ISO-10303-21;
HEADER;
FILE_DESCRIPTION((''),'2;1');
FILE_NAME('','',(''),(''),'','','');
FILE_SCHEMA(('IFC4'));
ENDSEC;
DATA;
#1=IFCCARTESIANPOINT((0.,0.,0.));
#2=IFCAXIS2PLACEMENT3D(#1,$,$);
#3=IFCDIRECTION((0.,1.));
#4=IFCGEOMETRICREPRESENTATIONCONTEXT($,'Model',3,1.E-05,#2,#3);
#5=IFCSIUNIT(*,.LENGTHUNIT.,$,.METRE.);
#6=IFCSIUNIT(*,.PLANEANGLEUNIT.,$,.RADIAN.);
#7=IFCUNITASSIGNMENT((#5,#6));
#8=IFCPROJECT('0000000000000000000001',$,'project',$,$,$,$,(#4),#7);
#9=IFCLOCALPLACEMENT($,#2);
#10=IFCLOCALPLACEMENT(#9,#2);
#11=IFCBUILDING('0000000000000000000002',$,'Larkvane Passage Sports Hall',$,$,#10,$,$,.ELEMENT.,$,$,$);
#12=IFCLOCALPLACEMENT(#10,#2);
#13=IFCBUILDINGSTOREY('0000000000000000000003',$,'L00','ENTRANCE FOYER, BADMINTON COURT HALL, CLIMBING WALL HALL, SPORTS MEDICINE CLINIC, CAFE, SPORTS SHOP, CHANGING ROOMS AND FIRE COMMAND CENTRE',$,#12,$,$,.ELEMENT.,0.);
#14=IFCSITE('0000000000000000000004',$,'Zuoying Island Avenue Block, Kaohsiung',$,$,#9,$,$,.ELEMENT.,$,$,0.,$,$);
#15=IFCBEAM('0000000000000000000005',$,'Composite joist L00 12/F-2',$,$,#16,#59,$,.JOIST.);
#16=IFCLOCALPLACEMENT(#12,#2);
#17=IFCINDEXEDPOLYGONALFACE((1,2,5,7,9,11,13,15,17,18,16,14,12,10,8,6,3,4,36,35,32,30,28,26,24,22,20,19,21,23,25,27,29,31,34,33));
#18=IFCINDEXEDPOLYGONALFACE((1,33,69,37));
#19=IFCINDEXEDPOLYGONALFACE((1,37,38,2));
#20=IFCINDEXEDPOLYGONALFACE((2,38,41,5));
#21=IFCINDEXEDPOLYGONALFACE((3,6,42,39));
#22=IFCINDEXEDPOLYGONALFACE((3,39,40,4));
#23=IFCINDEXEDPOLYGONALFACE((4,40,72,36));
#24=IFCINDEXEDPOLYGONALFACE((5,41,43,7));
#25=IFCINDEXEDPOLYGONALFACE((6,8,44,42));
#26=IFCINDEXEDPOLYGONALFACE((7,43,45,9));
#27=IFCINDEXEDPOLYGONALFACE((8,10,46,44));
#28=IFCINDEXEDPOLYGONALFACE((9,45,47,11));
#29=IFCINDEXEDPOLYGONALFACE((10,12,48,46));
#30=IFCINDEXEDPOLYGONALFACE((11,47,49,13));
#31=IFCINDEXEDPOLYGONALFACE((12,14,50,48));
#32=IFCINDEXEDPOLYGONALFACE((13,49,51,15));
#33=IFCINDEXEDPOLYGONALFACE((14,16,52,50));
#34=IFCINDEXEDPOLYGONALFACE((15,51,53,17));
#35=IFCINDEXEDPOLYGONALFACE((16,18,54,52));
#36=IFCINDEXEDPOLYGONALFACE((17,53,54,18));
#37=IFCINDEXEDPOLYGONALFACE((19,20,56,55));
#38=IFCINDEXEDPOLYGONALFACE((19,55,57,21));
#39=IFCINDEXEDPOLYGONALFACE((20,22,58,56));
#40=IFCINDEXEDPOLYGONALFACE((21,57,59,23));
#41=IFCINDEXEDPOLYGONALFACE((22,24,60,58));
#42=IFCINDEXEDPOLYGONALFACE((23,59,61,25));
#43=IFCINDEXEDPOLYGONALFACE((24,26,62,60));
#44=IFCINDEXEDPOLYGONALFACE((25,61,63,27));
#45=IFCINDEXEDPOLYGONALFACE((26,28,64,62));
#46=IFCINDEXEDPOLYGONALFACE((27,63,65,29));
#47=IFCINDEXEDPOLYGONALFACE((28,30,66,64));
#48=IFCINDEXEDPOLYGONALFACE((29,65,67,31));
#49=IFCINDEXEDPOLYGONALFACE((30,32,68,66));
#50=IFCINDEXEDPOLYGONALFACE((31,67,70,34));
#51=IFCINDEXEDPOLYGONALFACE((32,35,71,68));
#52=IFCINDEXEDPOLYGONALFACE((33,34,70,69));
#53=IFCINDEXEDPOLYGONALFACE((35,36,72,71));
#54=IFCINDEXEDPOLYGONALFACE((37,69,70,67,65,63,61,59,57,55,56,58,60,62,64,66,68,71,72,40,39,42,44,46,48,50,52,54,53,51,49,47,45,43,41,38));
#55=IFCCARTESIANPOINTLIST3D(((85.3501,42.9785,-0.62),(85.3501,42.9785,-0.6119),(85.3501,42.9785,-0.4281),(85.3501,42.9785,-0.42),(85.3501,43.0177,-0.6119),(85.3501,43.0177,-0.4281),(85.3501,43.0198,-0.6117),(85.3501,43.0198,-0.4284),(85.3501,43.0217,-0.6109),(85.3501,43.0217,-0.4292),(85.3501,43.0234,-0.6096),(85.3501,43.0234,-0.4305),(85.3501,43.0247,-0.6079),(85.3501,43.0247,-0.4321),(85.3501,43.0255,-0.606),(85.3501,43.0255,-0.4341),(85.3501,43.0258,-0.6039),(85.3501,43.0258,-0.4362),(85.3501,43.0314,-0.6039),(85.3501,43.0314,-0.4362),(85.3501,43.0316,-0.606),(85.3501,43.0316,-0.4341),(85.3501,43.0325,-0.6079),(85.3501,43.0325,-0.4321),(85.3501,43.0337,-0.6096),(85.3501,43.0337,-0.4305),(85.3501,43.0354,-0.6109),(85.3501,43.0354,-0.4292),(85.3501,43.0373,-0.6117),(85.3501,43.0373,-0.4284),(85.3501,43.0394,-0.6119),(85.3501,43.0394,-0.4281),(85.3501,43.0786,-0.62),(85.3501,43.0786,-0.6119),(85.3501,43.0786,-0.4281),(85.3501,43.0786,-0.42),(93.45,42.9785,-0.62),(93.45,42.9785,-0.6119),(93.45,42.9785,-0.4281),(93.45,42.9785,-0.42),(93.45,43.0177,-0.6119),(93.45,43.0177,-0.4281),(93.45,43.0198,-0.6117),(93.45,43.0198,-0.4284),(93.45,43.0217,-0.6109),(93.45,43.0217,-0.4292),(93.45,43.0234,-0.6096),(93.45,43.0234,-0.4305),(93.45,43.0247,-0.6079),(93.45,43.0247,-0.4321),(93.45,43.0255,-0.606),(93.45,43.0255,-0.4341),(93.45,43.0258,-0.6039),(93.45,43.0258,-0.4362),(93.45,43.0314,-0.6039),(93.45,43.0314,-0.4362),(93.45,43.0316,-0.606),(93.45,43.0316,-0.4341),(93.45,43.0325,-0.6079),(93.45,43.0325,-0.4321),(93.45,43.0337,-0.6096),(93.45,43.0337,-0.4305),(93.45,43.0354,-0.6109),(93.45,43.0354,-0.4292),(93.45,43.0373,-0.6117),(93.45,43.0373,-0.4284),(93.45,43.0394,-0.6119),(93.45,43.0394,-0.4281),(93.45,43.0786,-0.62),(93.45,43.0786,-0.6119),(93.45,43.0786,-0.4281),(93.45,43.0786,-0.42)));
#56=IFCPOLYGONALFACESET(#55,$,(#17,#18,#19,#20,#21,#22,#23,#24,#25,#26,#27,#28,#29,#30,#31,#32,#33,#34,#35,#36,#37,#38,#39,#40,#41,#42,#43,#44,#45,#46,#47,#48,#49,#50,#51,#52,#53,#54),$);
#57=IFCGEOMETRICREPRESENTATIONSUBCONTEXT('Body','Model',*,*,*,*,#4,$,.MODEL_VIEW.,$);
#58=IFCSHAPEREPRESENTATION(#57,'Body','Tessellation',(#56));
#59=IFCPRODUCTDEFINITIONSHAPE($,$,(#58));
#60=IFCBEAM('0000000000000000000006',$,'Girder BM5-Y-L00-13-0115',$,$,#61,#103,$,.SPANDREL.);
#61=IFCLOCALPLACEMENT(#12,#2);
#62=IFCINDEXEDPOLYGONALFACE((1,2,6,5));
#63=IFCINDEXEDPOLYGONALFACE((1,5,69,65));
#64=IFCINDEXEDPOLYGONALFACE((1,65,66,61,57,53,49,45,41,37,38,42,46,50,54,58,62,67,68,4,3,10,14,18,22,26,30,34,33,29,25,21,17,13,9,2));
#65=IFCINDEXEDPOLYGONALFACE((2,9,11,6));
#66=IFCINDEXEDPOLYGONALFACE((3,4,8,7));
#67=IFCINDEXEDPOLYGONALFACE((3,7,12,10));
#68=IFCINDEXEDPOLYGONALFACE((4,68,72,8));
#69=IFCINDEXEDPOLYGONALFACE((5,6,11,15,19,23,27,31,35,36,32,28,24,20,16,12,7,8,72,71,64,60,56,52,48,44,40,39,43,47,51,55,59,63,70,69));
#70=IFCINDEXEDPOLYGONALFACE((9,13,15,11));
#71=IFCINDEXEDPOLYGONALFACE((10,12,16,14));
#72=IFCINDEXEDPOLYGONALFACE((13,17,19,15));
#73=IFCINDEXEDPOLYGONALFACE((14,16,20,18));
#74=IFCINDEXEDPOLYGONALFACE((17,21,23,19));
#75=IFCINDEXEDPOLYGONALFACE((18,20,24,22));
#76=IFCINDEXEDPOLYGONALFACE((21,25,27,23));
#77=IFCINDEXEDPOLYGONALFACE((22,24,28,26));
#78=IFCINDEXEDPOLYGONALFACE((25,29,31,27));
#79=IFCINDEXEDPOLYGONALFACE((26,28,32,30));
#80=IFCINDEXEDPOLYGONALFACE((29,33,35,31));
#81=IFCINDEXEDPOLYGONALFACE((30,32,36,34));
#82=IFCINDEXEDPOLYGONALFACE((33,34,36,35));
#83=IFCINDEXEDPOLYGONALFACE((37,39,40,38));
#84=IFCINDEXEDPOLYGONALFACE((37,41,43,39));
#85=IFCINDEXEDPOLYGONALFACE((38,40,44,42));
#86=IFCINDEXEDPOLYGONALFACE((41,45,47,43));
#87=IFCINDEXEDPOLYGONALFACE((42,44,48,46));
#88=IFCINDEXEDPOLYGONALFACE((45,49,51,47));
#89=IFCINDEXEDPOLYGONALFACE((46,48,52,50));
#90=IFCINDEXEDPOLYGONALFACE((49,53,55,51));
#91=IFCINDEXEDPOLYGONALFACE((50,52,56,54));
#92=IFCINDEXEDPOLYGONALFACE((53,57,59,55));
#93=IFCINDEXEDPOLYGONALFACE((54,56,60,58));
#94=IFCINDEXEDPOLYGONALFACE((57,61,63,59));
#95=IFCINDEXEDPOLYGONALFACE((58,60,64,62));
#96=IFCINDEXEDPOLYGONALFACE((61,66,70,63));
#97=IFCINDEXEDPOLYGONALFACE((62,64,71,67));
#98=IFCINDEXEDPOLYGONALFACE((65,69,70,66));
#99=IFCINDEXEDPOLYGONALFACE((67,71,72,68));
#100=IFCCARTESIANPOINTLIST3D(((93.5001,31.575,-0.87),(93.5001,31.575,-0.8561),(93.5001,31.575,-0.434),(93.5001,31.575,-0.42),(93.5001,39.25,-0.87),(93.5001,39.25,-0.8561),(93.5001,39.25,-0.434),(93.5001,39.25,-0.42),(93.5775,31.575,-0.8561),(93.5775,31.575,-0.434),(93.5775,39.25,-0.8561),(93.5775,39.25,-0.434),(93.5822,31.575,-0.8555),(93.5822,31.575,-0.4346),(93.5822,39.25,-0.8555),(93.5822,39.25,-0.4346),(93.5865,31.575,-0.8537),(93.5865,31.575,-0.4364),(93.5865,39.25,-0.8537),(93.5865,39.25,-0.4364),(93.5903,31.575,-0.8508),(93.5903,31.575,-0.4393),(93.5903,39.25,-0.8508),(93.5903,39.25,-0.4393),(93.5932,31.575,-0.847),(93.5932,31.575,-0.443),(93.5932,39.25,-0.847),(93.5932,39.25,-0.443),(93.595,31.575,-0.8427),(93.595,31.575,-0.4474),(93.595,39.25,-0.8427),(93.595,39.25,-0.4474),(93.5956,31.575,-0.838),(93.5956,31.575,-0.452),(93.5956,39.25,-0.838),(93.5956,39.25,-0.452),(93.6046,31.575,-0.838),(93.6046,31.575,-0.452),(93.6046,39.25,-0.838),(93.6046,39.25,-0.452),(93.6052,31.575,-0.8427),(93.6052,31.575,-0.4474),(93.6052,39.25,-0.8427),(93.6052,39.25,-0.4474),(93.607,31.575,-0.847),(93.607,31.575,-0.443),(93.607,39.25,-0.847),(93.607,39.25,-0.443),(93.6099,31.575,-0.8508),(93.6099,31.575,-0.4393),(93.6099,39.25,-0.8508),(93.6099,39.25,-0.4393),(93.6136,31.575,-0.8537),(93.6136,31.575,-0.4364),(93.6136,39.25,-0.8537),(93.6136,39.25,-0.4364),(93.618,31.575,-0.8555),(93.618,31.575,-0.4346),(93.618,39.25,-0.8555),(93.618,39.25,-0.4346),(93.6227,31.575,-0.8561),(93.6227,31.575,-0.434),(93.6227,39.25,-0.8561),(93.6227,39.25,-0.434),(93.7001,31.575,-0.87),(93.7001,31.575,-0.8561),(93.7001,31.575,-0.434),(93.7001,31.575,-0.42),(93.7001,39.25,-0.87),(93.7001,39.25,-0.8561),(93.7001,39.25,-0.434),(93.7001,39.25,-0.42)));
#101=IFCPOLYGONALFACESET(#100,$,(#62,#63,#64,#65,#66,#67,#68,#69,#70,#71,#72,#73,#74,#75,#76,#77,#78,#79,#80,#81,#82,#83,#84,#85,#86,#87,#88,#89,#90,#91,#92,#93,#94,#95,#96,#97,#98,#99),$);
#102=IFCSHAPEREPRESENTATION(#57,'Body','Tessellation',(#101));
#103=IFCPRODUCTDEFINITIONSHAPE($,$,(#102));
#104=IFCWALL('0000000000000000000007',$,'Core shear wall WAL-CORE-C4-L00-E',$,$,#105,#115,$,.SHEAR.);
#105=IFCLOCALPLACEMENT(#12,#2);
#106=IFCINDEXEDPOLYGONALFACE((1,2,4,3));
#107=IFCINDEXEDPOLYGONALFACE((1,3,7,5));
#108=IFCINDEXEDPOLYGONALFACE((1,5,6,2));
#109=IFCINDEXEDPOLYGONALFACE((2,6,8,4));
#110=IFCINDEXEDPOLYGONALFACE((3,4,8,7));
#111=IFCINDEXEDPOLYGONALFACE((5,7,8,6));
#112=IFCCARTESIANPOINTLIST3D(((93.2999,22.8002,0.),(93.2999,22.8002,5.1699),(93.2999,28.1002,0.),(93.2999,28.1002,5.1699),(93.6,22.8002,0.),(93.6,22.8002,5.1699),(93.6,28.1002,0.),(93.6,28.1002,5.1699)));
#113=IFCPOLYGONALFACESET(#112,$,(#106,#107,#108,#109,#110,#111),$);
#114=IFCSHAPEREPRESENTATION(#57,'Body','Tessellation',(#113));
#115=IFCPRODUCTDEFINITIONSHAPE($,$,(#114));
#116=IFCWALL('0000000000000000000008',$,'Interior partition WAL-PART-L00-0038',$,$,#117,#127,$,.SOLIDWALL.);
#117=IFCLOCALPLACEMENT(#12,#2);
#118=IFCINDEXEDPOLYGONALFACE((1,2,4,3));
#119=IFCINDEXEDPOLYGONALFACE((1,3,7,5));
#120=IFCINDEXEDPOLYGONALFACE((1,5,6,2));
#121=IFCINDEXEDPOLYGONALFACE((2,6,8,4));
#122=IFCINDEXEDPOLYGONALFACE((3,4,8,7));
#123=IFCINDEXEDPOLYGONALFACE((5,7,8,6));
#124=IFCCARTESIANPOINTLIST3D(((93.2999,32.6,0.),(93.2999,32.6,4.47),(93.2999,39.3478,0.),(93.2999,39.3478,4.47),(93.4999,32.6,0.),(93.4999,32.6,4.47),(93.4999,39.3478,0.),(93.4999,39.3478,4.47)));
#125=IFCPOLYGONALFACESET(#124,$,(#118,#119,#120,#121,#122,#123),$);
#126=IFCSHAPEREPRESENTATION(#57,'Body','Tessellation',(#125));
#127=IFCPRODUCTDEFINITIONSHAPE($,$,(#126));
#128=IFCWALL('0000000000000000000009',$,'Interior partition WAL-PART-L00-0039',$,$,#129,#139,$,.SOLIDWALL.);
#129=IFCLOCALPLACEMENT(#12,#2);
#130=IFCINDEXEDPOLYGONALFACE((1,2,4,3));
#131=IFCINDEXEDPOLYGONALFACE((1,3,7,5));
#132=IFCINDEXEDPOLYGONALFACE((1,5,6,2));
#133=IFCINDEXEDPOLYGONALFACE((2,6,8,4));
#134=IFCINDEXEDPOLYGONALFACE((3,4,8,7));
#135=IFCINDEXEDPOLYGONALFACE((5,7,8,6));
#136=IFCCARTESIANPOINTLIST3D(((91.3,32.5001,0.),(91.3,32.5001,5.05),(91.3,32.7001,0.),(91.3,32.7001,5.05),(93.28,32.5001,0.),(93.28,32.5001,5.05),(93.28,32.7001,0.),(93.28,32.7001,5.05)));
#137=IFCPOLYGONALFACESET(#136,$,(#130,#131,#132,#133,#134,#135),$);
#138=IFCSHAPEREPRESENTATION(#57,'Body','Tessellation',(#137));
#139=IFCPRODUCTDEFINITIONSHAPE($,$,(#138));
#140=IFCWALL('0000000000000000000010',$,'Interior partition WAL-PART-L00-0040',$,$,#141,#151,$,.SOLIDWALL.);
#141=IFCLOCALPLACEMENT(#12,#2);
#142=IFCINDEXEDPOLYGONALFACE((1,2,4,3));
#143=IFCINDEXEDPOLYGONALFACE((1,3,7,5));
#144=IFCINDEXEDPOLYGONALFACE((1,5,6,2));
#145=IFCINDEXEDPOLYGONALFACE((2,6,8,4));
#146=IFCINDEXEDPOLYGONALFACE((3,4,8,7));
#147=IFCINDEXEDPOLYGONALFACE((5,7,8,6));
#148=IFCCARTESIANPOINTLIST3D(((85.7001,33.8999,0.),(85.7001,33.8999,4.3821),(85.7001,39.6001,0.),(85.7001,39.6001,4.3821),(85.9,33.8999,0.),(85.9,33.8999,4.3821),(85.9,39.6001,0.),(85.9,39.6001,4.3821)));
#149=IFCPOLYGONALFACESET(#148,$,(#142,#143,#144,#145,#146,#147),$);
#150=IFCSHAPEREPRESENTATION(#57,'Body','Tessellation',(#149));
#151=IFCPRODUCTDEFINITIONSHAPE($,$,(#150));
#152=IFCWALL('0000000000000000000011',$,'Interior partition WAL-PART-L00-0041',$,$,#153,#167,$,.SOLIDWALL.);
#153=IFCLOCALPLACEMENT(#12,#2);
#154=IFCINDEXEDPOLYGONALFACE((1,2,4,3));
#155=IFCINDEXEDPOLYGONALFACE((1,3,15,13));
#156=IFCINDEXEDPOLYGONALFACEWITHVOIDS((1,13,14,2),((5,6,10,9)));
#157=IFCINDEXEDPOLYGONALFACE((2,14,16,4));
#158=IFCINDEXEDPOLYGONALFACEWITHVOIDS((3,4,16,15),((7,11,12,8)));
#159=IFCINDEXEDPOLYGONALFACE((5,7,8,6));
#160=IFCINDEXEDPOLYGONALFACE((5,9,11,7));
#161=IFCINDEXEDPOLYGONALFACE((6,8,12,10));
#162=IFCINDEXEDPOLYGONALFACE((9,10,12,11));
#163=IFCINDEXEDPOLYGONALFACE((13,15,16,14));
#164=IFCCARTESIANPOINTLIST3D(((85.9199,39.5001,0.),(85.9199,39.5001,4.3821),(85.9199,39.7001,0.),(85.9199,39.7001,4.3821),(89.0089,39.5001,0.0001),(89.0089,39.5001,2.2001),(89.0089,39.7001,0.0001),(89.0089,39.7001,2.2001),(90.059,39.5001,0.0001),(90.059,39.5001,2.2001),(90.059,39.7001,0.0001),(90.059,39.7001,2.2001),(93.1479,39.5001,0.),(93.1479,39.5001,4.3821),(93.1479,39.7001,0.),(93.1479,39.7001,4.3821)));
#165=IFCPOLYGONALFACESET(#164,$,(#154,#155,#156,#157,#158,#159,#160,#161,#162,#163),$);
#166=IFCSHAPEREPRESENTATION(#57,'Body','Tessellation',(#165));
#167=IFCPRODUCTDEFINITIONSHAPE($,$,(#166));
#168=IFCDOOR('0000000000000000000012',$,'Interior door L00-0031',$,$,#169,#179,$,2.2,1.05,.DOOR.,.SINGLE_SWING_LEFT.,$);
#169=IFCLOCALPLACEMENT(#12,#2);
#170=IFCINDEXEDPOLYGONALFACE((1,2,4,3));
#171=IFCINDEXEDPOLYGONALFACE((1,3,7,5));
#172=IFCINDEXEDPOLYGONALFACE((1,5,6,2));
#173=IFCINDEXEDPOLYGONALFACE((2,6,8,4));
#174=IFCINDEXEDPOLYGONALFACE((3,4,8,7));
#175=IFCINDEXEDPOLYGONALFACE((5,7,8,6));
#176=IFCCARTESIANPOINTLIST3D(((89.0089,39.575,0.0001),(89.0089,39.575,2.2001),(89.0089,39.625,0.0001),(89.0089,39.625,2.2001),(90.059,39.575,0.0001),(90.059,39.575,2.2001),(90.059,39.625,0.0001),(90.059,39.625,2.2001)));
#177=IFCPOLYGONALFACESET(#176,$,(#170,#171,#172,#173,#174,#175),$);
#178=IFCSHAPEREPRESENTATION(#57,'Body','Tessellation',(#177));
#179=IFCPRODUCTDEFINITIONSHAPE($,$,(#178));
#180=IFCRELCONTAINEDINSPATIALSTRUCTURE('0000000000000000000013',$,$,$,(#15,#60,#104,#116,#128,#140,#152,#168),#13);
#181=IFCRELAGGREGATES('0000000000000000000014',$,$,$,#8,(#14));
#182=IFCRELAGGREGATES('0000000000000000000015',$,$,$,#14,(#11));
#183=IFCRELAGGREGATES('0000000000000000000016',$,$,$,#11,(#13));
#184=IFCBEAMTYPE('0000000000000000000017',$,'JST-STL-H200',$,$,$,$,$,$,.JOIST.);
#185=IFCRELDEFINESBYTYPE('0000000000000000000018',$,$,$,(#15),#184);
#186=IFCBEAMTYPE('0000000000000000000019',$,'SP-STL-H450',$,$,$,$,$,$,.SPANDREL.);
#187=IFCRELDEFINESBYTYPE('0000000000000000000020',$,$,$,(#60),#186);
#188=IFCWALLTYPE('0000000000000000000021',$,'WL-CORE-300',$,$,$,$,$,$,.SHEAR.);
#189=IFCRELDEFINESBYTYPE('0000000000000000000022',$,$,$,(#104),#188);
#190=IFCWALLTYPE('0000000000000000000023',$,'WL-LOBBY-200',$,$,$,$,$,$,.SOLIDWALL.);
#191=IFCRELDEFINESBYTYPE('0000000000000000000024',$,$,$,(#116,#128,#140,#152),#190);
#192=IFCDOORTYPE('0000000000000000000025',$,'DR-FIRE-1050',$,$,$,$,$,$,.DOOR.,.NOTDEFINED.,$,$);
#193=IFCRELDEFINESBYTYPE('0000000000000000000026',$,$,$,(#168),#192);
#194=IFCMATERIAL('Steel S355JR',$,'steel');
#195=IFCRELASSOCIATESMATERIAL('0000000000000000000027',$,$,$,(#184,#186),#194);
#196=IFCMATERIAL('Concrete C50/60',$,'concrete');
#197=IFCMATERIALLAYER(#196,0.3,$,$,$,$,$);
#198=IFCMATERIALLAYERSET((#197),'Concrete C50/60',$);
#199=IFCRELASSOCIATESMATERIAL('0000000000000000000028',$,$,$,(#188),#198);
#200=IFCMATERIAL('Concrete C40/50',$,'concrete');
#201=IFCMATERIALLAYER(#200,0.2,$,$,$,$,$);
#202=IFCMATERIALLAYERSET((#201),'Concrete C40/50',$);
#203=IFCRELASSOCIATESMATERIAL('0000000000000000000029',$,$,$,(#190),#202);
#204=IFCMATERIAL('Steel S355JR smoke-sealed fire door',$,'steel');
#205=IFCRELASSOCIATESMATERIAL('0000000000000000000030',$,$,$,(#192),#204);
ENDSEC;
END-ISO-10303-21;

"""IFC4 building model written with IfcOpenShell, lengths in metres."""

from ifc_helpers import new_model, si_unit, direction, frame, frame_2d, origin, origin_2d, place, context, subcontext, project, spatial, rectangle, i_section, extrude, material, layer, layer_set, material_profile, profile_set, type_object, element, fill, save


model = new_model("IFC4")

# Units and contexts
model_context = context("Model", 3, precision=1e-05, world=origin(), true_north=direction((0.0, 1.0)))
body_context = subcontext(model_context, "Body", "Model", "MODEL_VIEW")
ifc_project = project(units=[si_unit("LENGTHUNIT", "METRE"), si_unit("PLANEANGLEUNIT", "RADIAN")], contexts=[model_context])

# Site, building, storey
site_placement = place(None, origin())
site = spatial("IfcSite", under=ifc_project, at=site_placement, Name="Zuoying Island Avenue Block, Kaohsiung", CompositionType="ELEMENT", RefElevation=0.0)
building_placement = place(site_placement, origin())
building = spatial("IfcBuilding", under=site, at=building_placement, Name="Larkvane Passage Sports Hall", CompositionType="ELEMENT")
storey_placement = place(building_placement, origin())
storey = spatial("IfcBuildingStorey", under=building, at=storey_placement, Name="L00", Description="ENTRANCE FOYER, BADMINTON COURT HALL, CLIMBING WALL HALL, SPORTS MEDICINE CLINIC, CAFE, SPORTS SHOP, CHANGING ROOMS AND FIRE COMMAND CENTRE", CompositionType="ELEMENT", Elevation=0.0)

# Shared definitions
ifc_material_1 = material(Name="Concrete C40/50", Category="concrete")
ifc_material_2 = material(Name="Steel S355JR", Category="steel")

# Beams
ifc_material_3 = material(Name="Concrete C50/60", Category="concrete")
ifc_material_profile_1 = material_profile(ifc_material_2, i_section(OverallWidth=0.1001, OverallDepth=0.2, WebThickness=0.0056, FlangeThickness=0.0081, FilletRadius=0.0081, at=origin_2d()), Name="H-200x100x5.5x8")
ifc_profile_set_1 = profile_set([ifc_material_profile_1], Name="Steel S355JR")
beam_type_1 = type_object("IfcBeamType", Name="JST-STL-H200", PredefinedType="JOIST", material=ifc_profile_set_1)
beam_1_placement = place(storey_placement, frame((85.3501, 43.0286, -0.52), z_axis=(1.0, 0.0, 0.0), x_axis=(0.0, 1.0, 0.0)))
element("IfcBeam", 1, at=beam_1_placement, inside=storey, type_object=beam_type_1, Name="Composite joist L00 12/F-2", PredefinedType="JOIST", context=body_context, shape_type="SweptSolid", body=[
    extrude(i_section(OverallWidth=0.1001, OverallDepth=0.2, WebThickness=0.0056, FlangeThickness=0.0081, FilletRadius=0.0081, at=origin_2d()), origin(), (0.0, 0.0, 1.0), 8.0999),
])
ifc_material_profile_2 = material_profile(ifc_material_2, i_section(OverallWidth=0.2, OverallDepth=0.45, WebThickness=0.009, FlangeThickness=0.0139, FilletRadius=0.0181, at=origin_2d()), Name="H-450x200x9x14")
ifc_profile_set_2 = profile_set([ifc_material_profile_2], Name="Steel S355JR")
beam_type_2 = type_object("IfcBeamType", Name="SP-STL-H450", PredefinedType="SPANDREL", material=ifc_profile_set_2)
beam_2_placement = place(storey_placement, frame((93.6001, 31.575, -0.645), z_axis=(0.0, 1.0, 0.0), x_axis=(-1.0, 0.0, 0.0)))
element("IfcBeam", 2, at=beam_2_placement, inside=storey, type_object=beam_type_2, Name="Girder BM5-Y-L00-13-0115", PredefinedType="SPANDREL", context=body_context, shape_type="SweptSolid", body=[
    extrude(i_section(OverallWidth=0.2, OverallDepth=0.45, WebThickness=0.009, FlangeThickness=0.0139, FilletRadius=0.0181, at=origin_2d()), origin(), (0.0, 0.0, 1.0), 7.675),
])

# Walls
ifc_layer_1 = layer(ifc_material_3, 0.3)
ifc_layer_set_1 = layer_set([ifc_layer_1], Name="Concrete C50/60")
wall_type_1 = type_object("IfcWallType", Name="WL-CORE-300", PredefinedType="SHEAR", material=ifc_layer_set_1)
wall_1_placement = place(storey_placement, frame((93.45, 28.1001, 0.0), z_axis=(0.0, 0.0, 1.0), x_axis=(0.0, -1.0, 0.0)))
element("IfcWall", 3, at=wall_1_placement, inside=storey, type_object=wall_type_1, Name="Core shear wall WAL-CORE-C4-L00-E", PredefinedType="SHEAR", context=body_context, shape_type="SweptSolid", body=[
    extrude(rectangle(XDim=5.3, YDim=0.3, at=frame_2d((2.6499, 0.0))), origin(), (0.0, 0.0, 1.0), 5.1699),
])
ifc_layer_2 = layer(ifc_material_1, 0.2)
ifc_layer_set_2 = layer_set([ifc_layer_2], Name="Concrete C40/50")
wall_type_2 = type_object("IfcWallType", Name="WL-LOBBY-200", PredefinedType="SOLIDWALL", material=ifc_layer_set_2)
wall_2_placement = place(storey_placement, frame((93.3999, 39.3479, 0.0), z_axis=(0.0, 0.0, 1.0), x_axis=(0.0, -1.0, 0.0)))
element("IfcWall", 4, at=wall_2_placement, inside=storey, type_object=wall_type_2, Name="Interior partition WAL-PART-L00-0038", PredefinedType="SOLIDWALL", context=body_context, shape_type="SweptSolid", body=[
    extrude(rectangle(XDim=6.7478, YDim=0.2, at=frame_2d((3.374, 0.0))), origin(), (0.0, 0.0, 1.0), 4.47),
])
wall_3_placement = place(storey_placement, frame((93.28, 32.6001, 0.0), z_axis=(0.0, 0.0, 1.0), x_axis=(-1.0, 0.0, 0.0)))
element("IfcWall", 5, at=wall_3_placement, inside=storey, type_object=wall_type_2, Name="Interior partition WAL-PART-L00-0039", PredefinedType="SOLIDWALL", context=body_context, shape_type="SweptSolid", body=[
    extrude(rectangle(XDim=1.98, YDim=0.2, at=frame_2d((0.99, 0.0))), origin(), (0.0, 0.0, 1.0), 5.05),
])
wall_4_placement = place(storey_placement, frame((85.8, 33.8999, 0.0), z_axis=(0.0, 0.0, 1.0), x_axis=(0.0, 1.0, 0.0)))
element("IfcWall", 6, at=wall_4_placement, inside=storey, type_object=wall_type_2, Name="Interior partition WAL-PART-L00-0040", PredefinedType="SOLIDWALL", context=body_context, shape_type="SweptSolid", body=[
    extrude(rectangle(XDim=5.7002, YDim=0.2, at=frame_2d((2.8501, 0.0))), origin(), (0.0, 0.0, 1.0), 4.3821),
])

# Wall, opening, door
wall_5_placement = place(storey_placement, frame((85.9199, 39.6001, 0.0), z_axis=(0.0, 0.0, 1.0), x_axis=(1.0, 0.0, 0.0)))
wall_5 = element("IfcWall", 7, at=wall_5_placement, inside=storey, type_object=wall_type_2, Name="Interior partition WAL-PART-L00-0041", PredefinedType="SOLIDWALL", context=body_context, shape_type="SweptSolid", body=[
    extrude(rectangle(XDim=7.228, YDim=0.2, at=frame_2d((3.614, 0.0))), origin(), (0.0, 0.0, 1.0), 4.3821),
])
opening_placement = place(wall_5_placement, frame((3.0891, 0.0, 0.0)))
opening = element("IfcOpeningElement", 8, at=opening_placement, cuts=wall_5, PredefinedType="OPENING", context=body_context, shape_type="SweptSolid", body=[
    extrude(rectangle(XDim=1.05, YDim=2.2, at=frame_2d((0.5249, 1.1001))), frame((0.0, 0.1099, 0.0), z_axis=(0.0, -1.0, 0.0), x_axis=(1.0, 0.0, 0.0)), (0.0, 0.0, 1.0), 0.22),
])
ifc_material_4 = material(Name="Steel S355JR smoke-sealed fire door", Category="steel")
door_type = type_object("IfcDoorType", Name="DR-FIRE-1050", OperationType="NOTDEFINED", PredefinedType="DOOR", material=ifc_material_4)
door_placement = place(opening_placement, origin())
door = element("IfcDoor", 9, at=door_placement, inside=storey, type_object=door_type, Name="Interior door L00-0031", OperationType="SINGLE_SWING_LEFT", OverallHeight=2.2, OverallWidth=1.05, PredefinedType="DOOR", context=body_context, shape_type="SweptSolid", body=[
    extrude(rectangle(XDim=1.05, YDim=2.2, at=frame_2d((0.5249, 1.1001))), frame((0.0, 0.0249, 0.0), z_axis=(0.0, -1.0, 0.0), x_axis=(1.0, 0.0, 0.0)), (0.0, 0.0, 1.0), 0.05),
])
fill(opening, door)

save(model, "model.ifc")
